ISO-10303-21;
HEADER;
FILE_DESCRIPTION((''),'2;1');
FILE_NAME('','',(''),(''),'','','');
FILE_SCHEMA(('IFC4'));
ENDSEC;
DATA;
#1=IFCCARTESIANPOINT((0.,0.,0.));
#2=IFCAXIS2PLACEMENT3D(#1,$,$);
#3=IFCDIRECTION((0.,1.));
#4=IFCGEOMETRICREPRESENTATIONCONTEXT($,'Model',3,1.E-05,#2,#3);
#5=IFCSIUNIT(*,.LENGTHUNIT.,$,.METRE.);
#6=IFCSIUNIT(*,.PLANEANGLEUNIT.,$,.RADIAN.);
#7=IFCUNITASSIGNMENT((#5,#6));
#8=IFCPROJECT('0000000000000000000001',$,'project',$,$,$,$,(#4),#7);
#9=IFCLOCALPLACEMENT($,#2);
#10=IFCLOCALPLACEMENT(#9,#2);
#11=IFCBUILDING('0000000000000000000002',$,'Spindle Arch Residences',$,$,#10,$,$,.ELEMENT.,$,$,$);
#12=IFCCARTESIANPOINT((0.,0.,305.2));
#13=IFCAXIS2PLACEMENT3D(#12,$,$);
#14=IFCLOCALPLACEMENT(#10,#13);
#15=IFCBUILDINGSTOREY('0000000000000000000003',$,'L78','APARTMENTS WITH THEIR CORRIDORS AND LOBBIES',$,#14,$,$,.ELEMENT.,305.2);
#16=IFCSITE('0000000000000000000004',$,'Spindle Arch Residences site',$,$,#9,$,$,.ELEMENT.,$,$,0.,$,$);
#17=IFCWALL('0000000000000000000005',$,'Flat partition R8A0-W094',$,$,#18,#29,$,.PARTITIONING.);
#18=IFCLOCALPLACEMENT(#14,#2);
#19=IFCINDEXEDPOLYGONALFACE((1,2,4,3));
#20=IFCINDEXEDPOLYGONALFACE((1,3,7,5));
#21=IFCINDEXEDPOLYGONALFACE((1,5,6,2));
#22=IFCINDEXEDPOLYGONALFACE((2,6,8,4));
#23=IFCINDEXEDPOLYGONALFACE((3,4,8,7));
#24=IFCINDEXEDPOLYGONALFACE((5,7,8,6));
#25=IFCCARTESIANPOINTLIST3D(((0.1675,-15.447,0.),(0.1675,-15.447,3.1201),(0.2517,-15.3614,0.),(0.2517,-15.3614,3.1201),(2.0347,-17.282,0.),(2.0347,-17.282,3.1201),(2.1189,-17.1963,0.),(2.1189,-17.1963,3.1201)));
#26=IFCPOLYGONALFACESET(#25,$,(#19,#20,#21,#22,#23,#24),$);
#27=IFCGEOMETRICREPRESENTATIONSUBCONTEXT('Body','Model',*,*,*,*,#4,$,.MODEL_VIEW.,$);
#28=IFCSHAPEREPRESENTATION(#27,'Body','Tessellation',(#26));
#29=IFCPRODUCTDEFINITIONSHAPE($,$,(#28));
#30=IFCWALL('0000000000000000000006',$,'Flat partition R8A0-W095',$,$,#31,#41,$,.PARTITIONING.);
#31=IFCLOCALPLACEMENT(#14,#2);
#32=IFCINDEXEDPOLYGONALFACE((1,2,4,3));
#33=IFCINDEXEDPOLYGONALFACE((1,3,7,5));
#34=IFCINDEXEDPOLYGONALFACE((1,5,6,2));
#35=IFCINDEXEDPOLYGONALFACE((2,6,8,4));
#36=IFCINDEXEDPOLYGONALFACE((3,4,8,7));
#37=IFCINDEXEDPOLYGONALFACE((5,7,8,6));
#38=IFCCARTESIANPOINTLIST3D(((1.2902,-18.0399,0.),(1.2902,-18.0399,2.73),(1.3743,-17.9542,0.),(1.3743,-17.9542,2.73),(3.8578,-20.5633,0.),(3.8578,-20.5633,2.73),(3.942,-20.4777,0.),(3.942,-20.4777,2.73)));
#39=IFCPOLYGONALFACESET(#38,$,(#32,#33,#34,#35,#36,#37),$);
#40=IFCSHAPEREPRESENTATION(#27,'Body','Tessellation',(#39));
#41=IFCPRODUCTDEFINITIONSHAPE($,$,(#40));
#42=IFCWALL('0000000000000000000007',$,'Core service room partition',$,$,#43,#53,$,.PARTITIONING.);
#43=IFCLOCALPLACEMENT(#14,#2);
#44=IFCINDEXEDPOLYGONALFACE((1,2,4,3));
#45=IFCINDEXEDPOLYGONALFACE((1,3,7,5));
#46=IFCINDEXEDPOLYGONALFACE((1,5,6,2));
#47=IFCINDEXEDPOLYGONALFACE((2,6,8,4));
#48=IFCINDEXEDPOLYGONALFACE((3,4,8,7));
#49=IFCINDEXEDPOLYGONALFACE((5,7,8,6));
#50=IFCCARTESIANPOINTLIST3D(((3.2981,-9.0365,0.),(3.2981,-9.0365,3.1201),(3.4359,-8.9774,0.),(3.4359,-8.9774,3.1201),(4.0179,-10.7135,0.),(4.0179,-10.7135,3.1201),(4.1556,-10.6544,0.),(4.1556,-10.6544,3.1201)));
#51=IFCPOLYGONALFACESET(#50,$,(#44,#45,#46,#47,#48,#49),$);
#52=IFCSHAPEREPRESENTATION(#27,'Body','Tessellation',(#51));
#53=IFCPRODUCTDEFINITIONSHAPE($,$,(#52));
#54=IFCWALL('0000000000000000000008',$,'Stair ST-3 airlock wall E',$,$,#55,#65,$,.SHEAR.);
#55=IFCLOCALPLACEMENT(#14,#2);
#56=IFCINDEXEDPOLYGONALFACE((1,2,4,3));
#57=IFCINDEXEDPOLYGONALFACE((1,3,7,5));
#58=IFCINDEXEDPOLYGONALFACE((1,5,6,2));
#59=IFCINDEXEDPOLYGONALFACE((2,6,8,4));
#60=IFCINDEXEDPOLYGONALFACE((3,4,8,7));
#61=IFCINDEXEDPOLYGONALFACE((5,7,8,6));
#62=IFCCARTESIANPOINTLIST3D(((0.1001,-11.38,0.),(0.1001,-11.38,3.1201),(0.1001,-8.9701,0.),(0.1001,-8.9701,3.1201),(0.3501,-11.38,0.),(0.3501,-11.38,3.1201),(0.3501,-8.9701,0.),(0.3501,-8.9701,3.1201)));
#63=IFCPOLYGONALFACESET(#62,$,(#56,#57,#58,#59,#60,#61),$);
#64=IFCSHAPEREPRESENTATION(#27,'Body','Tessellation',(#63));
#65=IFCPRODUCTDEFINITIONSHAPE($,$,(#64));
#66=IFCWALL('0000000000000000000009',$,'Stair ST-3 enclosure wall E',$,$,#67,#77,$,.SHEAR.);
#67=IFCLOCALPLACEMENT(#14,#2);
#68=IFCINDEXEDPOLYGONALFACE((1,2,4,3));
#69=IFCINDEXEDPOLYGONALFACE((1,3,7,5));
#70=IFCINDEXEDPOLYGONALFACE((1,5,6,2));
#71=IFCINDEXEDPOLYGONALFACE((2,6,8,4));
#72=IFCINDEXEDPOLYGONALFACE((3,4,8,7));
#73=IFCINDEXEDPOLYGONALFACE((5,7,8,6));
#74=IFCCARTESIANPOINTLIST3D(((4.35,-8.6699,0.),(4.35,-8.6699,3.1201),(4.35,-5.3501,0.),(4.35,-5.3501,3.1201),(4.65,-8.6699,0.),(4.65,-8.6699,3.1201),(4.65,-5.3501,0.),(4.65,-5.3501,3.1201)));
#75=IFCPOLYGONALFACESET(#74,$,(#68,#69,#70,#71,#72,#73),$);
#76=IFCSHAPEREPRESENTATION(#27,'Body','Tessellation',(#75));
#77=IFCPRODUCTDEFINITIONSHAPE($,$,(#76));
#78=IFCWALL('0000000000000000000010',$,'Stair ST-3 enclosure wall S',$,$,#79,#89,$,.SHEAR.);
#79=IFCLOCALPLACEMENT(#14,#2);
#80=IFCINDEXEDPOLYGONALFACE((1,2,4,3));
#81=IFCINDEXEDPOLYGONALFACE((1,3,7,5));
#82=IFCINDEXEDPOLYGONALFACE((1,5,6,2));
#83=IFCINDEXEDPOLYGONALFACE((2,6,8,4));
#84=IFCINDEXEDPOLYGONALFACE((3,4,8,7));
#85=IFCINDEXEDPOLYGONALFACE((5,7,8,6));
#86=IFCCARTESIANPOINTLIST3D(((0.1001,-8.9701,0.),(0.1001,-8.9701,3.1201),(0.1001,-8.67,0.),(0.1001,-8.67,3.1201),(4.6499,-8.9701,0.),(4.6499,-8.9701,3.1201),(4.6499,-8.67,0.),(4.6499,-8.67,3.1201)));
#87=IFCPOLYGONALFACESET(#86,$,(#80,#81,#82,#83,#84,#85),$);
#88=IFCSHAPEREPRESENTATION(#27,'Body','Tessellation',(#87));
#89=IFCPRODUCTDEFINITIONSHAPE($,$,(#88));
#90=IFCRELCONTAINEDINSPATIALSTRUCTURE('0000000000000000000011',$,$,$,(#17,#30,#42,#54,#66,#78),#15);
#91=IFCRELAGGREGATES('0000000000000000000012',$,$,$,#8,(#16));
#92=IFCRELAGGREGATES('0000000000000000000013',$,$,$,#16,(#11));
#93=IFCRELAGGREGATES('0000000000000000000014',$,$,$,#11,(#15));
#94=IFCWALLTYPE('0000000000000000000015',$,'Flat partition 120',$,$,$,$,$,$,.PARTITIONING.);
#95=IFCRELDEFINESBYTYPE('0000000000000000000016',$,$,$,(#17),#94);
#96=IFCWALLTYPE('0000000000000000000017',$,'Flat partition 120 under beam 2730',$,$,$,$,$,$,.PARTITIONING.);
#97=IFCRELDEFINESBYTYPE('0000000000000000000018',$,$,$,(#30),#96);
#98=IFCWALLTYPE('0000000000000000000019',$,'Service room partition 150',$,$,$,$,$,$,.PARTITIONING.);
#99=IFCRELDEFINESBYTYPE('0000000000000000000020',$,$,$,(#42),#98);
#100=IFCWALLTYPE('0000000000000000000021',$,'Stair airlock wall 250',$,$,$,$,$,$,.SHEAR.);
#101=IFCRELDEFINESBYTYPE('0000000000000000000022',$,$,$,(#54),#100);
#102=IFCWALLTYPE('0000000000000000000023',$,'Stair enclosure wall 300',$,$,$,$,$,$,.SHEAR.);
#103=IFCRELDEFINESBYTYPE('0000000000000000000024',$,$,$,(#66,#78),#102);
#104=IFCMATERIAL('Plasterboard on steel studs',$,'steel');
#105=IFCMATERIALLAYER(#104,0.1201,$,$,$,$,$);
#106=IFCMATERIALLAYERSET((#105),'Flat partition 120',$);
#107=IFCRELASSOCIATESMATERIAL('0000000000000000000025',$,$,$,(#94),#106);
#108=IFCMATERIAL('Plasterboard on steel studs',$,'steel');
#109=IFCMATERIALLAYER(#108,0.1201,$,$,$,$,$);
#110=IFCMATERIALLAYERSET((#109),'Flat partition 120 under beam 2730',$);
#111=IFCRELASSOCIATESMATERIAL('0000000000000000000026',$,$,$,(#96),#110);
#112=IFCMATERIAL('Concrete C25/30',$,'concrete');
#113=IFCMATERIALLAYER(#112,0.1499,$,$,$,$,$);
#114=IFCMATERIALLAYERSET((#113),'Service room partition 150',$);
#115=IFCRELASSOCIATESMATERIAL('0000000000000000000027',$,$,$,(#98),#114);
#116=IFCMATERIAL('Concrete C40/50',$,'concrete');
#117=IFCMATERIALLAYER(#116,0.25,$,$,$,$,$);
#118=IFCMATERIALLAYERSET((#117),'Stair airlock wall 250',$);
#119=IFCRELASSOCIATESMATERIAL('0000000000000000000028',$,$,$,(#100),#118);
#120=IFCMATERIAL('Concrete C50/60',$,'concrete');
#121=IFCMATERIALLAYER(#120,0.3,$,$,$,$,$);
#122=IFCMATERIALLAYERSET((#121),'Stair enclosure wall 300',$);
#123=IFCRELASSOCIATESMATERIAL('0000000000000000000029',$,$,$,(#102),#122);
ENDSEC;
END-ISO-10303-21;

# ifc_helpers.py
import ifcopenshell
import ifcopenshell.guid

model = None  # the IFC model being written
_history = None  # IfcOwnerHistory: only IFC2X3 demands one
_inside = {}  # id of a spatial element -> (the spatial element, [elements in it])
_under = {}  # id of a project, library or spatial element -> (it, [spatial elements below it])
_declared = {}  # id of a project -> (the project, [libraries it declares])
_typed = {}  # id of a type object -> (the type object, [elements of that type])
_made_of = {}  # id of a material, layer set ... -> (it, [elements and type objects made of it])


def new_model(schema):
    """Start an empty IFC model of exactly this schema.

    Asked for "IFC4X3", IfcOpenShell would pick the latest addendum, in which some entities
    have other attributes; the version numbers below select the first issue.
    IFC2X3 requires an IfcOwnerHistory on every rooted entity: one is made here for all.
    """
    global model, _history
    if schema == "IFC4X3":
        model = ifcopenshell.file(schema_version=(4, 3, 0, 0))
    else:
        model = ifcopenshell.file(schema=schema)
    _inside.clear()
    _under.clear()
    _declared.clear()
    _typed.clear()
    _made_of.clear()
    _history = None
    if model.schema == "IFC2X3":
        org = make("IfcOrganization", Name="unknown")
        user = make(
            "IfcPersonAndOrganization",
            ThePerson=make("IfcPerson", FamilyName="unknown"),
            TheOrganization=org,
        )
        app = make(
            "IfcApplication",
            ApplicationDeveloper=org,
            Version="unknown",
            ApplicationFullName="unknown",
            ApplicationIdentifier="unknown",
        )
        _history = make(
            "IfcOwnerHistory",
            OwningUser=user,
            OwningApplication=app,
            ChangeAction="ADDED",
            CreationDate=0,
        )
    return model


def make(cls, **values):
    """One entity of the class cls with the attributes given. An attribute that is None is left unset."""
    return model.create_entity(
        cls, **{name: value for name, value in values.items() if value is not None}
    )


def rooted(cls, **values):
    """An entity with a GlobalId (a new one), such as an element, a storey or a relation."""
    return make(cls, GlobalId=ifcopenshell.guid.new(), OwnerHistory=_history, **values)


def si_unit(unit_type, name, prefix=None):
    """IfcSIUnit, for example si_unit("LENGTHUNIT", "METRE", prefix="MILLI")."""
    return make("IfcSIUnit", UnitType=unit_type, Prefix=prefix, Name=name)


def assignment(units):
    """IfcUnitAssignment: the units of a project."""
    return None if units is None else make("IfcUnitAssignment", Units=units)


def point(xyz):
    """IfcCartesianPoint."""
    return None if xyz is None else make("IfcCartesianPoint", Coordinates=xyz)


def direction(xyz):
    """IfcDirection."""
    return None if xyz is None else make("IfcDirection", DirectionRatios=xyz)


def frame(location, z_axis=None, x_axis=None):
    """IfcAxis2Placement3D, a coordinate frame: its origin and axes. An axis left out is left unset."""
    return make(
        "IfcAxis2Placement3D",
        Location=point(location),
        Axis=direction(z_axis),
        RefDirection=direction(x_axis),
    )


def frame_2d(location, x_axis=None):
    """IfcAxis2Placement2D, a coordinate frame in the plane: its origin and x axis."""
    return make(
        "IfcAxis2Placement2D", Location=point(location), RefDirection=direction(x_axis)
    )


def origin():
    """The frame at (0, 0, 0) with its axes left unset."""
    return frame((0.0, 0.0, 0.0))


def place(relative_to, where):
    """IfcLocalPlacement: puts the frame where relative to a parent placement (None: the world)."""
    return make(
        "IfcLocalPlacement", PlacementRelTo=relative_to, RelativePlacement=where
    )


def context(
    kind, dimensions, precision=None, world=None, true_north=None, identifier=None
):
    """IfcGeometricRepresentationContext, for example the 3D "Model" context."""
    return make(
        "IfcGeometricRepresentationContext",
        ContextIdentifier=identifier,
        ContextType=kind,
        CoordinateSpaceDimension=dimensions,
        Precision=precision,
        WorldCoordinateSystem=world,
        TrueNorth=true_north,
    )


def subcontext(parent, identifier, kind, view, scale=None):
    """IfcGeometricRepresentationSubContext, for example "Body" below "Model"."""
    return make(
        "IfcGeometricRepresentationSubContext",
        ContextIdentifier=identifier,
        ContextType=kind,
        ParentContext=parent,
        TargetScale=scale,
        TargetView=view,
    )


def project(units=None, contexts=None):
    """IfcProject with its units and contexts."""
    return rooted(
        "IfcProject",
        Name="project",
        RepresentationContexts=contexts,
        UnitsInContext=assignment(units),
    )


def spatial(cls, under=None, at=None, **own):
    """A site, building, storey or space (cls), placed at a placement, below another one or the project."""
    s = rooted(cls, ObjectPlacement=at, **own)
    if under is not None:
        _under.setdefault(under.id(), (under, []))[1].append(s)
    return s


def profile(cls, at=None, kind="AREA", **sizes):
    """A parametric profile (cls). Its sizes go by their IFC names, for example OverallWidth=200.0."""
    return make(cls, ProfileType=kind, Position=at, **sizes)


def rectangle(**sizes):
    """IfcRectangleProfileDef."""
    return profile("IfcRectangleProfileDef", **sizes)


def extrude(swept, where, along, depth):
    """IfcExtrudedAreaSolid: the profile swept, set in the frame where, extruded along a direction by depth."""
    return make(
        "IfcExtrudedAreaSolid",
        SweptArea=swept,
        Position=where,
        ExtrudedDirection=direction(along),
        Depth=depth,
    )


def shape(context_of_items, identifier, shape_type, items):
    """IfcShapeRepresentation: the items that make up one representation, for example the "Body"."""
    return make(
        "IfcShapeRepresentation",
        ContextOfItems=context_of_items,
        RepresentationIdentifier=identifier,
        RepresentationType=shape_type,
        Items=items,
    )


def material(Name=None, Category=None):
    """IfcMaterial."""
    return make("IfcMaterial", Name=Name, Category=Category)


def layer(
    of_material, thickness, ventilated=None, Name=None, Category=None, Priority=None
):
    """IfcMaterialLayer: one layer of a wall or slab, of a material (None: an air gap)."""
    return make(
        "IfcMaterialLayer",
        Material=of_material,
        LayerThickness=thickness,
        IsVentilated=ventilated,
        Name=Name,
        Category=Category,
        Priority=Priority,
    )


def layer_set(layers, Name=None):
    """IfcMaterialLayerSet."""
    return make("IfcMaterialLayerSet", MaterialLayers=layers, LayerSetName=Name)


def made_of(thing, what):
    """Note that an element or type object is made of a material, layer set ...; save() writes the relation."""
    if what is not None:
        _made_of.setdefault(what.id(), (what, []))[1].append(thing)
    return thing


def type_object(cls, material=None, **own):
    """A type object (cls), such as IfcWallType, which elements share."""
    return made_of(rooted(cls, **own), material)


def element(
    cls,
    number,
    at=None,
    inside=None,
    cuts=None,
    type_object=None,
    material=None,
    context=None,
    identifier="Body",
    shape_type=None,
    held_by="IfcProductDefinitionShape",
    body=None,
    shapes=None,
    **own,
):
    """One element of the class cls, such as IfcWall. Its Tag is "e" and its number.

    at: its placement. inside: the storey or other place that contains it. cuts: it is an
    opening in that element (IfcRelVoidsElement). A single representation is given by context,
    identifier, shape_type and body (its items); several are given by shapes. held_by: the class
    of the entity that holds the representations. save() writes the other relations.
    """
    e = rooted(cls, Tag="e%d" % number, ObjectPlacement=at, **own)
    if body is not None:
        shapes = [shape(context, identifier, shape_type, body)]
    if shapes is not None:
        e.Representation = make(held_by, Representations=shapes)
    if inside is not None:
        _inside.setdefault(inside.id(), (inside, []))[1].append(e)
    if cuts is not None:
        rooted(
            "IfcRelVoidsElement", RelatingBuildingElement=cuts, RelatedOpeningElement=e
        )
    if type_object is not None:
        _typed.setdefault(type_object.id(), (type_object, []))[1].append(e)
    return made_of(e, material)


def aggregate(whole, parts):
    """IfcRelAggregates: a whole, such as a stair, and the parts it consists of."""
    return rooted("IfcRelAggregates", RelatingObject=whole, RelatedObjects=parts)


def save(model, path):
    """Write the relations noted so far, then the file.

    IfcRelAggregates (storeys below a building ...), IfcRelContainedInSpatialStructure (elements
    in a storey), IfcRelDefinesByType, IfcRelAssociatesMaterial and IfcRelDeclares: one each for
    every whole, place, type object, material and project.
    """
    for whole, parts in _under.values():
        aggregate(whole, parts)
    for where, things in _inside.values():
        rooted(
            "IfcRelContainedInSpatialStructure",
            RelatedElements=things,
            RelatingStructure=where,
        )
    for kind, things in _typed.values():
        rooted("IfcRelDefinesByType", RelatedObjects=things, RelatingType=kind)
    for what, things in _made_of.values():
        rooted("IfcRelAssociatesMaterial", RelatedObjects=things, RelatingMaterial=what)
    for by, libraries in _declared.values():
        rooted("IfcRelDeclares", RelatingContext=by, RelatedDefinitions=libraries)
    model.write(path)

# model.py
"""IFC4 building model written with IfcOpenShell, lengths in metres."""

from ifc_helpers import new_model, si_unit, direction, frame, frame_2d, origin, place, context, subcontext, project, spatial, rectangle, extrude, material, layer, layer_set, type_object, element, save


model = new_model("IFC4")

# Units and contexts
model_context = context("Model", 3, precision=1e-05, world=origin(), true_north=direction((0.0, 1.0)))
body_context = subcontext(model_context, "Body", "Model", "MODEL_VIEW")
ifc_project = project(units=[si_unit("LENGTHUNIT", "METRE"), si_unit("PLANEANGLEUNIT", "RADIAN")], contexts=[model_context])

# Site, building, storey
site_placement = place(None, origin())
site = spatial("IfcSite", under=ifc_project, at=site_placement, Name="Spindle Arch Residences site", CompositionType="ELEMENT", RefElevation=0.0)
building_placement = place(site_placement, origin())
building = spatial("IfcBuilding", under=site, at=building_placement, Name="Spindle Arch Residences", CompositionType="ELEMENT")
storey_placement = place(building_placement, frame((0.0, 0.0, 305.2)))
storey = spatial("IfcBuildingStorey", under=building, at=storey_placement, Name="L78", Description="APARTMENTS WITH THEIR CORRIDORS AND LOBBIES", CompositionType="ELEMENT", Elevation=305.2)

# Shared definitions
ifc_material_1 = material(Name="Plasterboard on steel studs", Category="steel")
ifc_layer_1 = layer(ifc_material_1, 0.1201)
ifc_layer_set_1 = layer_set([ifc_layer_1], Name="Flat partition 120")
wall_type_1 = type_object("IfcWallType", Name="Flat partition 120", PredefinedType="PARTITIONING", material=ifc_layer_set_1)

# Walls
wall_1_placement = place(storey_placement, frame((2.0769, -17.2393, 0.0), z_axis=(0.0, 0.0, 1.0), x_axis=(-0.713235, 0.700925, 0.0)))
element("IfcWall", 1, at=wall_1_placement, inside=storey, type_object=wall_type_1, Name="Flat partition R8A0-W094", PredefinedType="PARTITIONING", context=body_context, shape_type="SweptSolid", body=[
    extrude(rectangle(XDim=2.6179, YDim=0.1201, at=frame_2d((1.3091, 0.0))), origin(), (0.0, 0.0, 1.0), 3.1201),
])
ifc_material_2 = material(Name="Plasterboard on steel studs", Category="steel")
ifc_layer_2 = layer(ifc_material_2, 0.1201)
ifc_layer_set_2 = layer_set([ifc_layer_2], Name="Flat partition 120 under beam 2730")
wall_type_2 = type_object("IfcWallType", Name="Flat partition 120 under beam 2730", PredefinedType="PARTITIONING", material=ifc_layer_set_2)
wall_2_placement = place(storey_placement, frame((3.8999, -20.5205, 0.0), z_axis=(0.0, 0.0, 1.0), x_axis=(-0.713217, 0.700943, 0.0)))
element("IfcWall", 2, at=wall_2_placement, inside=storey, type_object=wall_type_2, Name="Flat partition R8A0-W095", PredefinedType="PARTITIONING", context=body_context, shape_type="SweptSolid", body=[
    extrude(rectangle(XDim=3.6001, YDim=0.1201, at=frame_2d((1.8, 0.0))), origin(), (0.0, 0.0, 1.0), 2.73),
])
ifc_material_3 = material(Name="Concrete C25/30", Category="concrete")
ifc_layer_3 = layer(ifc_material_3, 0.1499)
ifc_layer_set_3 = layer_set([ifc_layer_3], Name="Service room partition 150")
wall_type_3 = type_object("IfcWallType", Name="Service room partition 150", PredefinedType="PARTITIONING", material=ifc_layer_set_3)
wall_3_placement = place(storey_placement, frame((3.3669, -9.0068, 0.0), z_axis=(0.0, 0.0, 1.0), x_axis=(0.394387, -0.918944, 0.0)))
element("IfcWall", 3, at=wall_3_placement, inside=storey, type_object=wall_type_3, Name="Core service room partition", PredefinedType="PARTITIONING", context=body_context, shape_type="SweptSolid", body=[
    extrude(rectangle(XDim=1.825, YDim=0.1499, at=frame_2d((0.9126, 0.0))), origin(), (0.0, 0.0, 1.0), 3.1201),
])
ifc_material_4 = material(Name="Concrete C40/50", Category="concrete")
ifc_layer_4 = layer(ifc_material_4, 0.25)
ifc_layer_set_4 = layer_set([ifc_layer_4], Name="Stair airlock wall 250")
wall_type_4 = type_object("IfcWallType", Name="Stair airlock wall 250", PredefinedType="SHEAR", material=ifc_layer_set_4)
wall_4_placement = place(storey_placement, frame((0.2251, -8.97, 0.0), z_axis=(0.0, 0.0, 1.0), x_axis=(0.0, -1.0, 0.0)))
element("IfcWall", 4, at=wall_4_placement, inside=storey, type_object=wall_type_4, Name="Stair ST-3 airlock wall E", PredefinedType="SHEAR", context=body_context, shape_type="SweptSolid", body=[
    extrude(rectangle(XDim=2.4099, YDim=0.25, at=frame_2d((1.2051, 0.0))), origin(), (0.0, 0.0, 1.0), 3.1201),
])
ifc_material_5 = material(Name="Concrete C50/60", Category="concrete")
ifc_layer_5 = layer(ifc_material_5, 0.3)
ifc_layer_set_5 = layer_set([ifc_layer_5], Name="Stair enclosure wall 300")
wall_type_5 = type_object("IfcWallType", Name="Stair enclosure wall 300", PredefinedType="SHEAR", material=ifc_layer_set_5)
wall_5_placement = place(storey_placement, frame((4.5, -8.6699, 0.0), z_axis=(0.0, 0.0, 1.0), x_axis=(0.0, 1.0, 0.0)))
element("IfcWall", 5, at=wall_5_placement, inside=storey, type_object=wall_type_5, Name="Stair ST-3 enclosure wall E", PredefinedType="SHEAR", context=body_context, shape_type="SweptSolid", body=[
    extrude(rectangle(XDim=3.3198, YDim=0.3, at=frame_2d((1.6599, 0.0))), origin(), (0.0, 0.0, 1.0), 3.1201),
])
wall_6_placement = place(storey_placement, frame((0.1001, -8.8201, 0.0), z_axis=(0.0, 0.0, 1.0), x_axis=(1.0, 0.0, 0.0)))
element("IfcWall", 6, at=wall_6_placement, inside=storey, type_object=wall_type_5, Name="Stair ST-3 enclosure wall S", PredefinedType="SHEAR", context=body_context, shape_type="SweptSolid", body=[
    extrude(rectangle(XDim=4.5498, YDim=0.3, at=frame_2d((2.2749, 0.0))), origin(), (0.0, 0.0, 1.0), 3.1201),
])

save(model, "model.ifc")
